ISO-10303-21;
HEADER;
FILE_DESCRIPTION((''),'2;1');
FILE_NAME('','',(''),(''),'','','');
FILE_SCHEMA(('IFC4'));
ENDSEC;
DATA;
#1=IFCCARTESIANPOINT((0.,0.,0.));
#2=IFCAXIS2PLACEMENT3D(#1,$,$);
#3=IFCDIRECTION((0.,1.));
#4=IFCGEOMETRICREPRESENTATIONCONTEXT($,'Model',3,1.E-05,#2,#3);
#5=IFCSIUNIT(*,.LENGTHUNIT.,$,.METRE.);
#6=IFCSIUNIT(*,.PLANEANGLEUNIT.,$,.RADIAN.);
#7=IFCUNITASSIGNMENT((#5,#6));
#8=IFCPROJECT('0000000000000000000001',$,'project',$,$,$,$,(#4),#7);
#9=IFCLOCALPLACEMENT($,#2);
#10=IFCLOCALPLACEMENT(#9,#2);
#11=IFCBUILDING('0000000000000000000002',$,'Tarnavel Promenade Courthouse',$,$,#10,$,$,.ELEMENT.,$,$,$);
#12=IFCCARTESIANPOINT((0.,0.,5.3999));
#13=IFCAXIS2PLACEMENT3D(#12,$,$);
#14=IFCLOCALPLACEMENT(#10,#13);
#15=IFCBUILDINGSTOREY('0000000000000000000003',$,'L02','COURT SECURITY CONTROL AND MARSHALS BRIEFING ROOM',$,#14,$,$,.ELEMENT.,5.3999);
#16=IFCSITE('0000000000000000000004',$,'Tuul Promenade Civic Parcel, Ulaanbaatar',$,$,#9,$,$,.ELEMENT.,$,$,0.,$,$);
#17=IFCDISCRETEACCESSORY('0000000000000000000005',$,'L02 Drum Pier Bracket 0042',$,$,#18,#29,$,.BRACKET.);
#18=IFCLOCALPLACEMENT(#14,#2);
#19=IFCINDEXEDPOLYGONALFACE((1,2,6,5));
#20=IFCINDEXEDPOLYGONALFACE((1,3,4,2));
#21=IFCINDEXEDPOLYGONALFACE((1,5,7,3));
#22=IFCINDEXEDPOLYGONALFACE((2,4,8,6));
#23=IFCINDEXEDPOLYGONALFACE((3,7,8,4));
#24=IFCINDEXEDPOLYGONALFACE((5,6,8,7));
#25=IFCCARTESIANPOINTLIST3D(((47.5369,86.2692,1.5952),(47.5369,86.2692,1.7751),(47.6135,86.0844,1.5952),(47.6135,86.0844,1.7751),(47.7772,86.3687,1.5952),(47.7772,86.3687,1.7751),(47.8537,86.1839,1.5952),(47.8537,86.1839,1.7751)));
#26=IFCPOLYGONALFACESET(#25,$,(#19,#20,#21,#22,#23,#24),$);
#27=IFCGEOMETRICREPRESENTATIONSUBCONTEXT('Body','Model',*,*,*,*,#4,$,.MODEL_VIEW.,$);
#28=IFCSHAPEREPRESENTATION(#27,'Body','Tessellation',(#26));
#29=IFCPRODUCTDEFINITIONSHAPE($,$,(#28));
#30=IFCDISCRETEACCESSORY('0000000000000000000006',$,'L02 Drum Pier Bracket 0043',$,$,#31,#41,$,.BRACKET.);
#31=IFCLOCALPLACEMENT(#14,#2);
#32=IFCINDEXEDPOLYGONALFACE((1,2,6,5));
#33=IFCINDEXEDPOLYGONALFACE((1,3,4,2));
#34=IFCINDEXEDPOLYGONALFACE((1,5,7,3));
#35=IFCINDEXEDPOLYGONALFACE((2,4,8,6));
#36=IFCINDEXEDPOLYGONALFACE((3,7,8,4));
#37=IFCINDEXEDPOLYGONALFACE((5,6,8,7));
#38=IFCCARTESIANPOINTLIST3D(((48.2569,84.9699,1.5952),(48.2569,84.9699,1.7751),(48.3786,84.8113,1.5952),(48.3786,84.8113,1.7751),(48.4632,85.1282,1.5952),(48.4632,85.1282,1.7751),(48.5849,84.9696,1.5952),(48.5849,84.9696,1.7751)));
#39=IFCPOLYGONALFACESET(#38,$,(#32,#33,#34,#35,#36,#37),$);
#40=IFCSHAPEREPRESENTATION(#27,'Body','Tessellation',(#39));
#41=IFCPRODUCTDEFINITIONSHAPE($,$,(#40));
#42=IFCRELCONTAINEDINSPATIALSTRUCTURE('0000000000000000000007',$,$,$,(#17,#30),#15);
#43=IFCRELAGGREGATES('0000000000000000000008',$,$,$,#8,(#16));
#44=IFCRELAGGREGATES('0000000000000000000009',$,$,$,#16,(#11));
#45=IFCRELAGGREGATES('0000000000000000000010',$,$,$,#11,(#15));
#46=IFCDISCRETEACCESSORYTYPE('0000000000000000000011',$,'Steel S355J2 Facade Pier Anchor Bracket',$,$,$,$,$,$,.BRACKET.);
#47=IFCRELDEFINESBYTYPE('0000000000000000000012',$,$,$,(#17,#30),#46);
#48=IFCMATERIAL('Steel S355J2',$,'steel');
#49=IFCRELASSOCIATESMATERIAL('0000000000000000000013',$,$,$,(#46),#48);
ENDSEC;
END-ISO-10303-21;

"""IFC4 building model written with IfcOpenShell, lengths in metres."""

from ifc_helpers import new_model, si_unit, direction, frame, origin, origin_2d, place, context, subcontext, project, spatial, rectangle, extrude, material, type_object, element, save


model = new_model("IFC4")

# Units and contexts
model_context = context("Model", 3, precision=1e-05, world=origin(), true_north=direction((0.0, 1.0)))
body_context = subcontext(model_context, "Body", "Model", "MODEL_VIEW")
ifc_project = project(units=[si_unit("LENGTHUNIT", "METRE"), si_unit("PLANEANGLEUNIT", "RADIAN")], contexts=[model_context])

# Site, building, storey
site_placement = place(None, origin())
site = spatial("IfcSite", under=ifc_project, at=site_placement, Name="Tuul Promenade Civic Parcel, Ulaanbaatar", CompositionType="ELEMENT", RefElevation=0.0)
building_placement = place(site_placement, origin())
building = spatial("IfcBuilding", under=site, at=building_placement, Name="Tarnavel Promenade Courthouse", CompositionType="ELEMENT")
storey_placement = place(building_placement, frame((0.0, 0.0, 5.3999)))
storey = spatial("IfcBuildingStorey", under=building, at=storey_placement, Name="L02", Description="COURT SECURITY CONTROL AND MARSHALS BRIEFING ROOM", CompositionType="ELEMENT", Elevation=5.3999)

# Shared definitions
ifc_material_1 = material(Name="Steel S355J2", Category="steel")

# Discrete accessories
discrete_accessory_type = type_object("IfcDiscreteAccessoryType", Name="Steel S355J2 Facade Pier Anchor Bracket", PredefinedType="BRACKET", material=ifc_material_1)
for number, where, z_axis, x_axis, name in (
    (1, (47.6953, 86.2266, 1.5952), (0.0, 0.0, 1.0), (0.382683, -0.92388, 0.0), "L02 Drum Pier Bracket 0042"),
    (2, (48.4209, 84.9697, 1.5952), (0.0, 0.0, 1.0), (0.608761, -0.793353, 0.0), "L02 Drum Pier Bracket 0043"),
):
    element("IfcDiscreteAccessory", number, at=place(storey_placement, frame(where, z_axis=z_axis, x_axis=x_axis)), inside=storey, type_object=discrete_accessory_type, Name=name, PredefinedType="BRACKET", context=body_context, shape_type="SweptSolid", body=[
        extrude(rectangle(XDim=0.2, YDim=0.26, at=origin_2d()), origin(), (0.0, 0.0, 1.0), 0.1799),
    ])

save(model, "model.ifc")
